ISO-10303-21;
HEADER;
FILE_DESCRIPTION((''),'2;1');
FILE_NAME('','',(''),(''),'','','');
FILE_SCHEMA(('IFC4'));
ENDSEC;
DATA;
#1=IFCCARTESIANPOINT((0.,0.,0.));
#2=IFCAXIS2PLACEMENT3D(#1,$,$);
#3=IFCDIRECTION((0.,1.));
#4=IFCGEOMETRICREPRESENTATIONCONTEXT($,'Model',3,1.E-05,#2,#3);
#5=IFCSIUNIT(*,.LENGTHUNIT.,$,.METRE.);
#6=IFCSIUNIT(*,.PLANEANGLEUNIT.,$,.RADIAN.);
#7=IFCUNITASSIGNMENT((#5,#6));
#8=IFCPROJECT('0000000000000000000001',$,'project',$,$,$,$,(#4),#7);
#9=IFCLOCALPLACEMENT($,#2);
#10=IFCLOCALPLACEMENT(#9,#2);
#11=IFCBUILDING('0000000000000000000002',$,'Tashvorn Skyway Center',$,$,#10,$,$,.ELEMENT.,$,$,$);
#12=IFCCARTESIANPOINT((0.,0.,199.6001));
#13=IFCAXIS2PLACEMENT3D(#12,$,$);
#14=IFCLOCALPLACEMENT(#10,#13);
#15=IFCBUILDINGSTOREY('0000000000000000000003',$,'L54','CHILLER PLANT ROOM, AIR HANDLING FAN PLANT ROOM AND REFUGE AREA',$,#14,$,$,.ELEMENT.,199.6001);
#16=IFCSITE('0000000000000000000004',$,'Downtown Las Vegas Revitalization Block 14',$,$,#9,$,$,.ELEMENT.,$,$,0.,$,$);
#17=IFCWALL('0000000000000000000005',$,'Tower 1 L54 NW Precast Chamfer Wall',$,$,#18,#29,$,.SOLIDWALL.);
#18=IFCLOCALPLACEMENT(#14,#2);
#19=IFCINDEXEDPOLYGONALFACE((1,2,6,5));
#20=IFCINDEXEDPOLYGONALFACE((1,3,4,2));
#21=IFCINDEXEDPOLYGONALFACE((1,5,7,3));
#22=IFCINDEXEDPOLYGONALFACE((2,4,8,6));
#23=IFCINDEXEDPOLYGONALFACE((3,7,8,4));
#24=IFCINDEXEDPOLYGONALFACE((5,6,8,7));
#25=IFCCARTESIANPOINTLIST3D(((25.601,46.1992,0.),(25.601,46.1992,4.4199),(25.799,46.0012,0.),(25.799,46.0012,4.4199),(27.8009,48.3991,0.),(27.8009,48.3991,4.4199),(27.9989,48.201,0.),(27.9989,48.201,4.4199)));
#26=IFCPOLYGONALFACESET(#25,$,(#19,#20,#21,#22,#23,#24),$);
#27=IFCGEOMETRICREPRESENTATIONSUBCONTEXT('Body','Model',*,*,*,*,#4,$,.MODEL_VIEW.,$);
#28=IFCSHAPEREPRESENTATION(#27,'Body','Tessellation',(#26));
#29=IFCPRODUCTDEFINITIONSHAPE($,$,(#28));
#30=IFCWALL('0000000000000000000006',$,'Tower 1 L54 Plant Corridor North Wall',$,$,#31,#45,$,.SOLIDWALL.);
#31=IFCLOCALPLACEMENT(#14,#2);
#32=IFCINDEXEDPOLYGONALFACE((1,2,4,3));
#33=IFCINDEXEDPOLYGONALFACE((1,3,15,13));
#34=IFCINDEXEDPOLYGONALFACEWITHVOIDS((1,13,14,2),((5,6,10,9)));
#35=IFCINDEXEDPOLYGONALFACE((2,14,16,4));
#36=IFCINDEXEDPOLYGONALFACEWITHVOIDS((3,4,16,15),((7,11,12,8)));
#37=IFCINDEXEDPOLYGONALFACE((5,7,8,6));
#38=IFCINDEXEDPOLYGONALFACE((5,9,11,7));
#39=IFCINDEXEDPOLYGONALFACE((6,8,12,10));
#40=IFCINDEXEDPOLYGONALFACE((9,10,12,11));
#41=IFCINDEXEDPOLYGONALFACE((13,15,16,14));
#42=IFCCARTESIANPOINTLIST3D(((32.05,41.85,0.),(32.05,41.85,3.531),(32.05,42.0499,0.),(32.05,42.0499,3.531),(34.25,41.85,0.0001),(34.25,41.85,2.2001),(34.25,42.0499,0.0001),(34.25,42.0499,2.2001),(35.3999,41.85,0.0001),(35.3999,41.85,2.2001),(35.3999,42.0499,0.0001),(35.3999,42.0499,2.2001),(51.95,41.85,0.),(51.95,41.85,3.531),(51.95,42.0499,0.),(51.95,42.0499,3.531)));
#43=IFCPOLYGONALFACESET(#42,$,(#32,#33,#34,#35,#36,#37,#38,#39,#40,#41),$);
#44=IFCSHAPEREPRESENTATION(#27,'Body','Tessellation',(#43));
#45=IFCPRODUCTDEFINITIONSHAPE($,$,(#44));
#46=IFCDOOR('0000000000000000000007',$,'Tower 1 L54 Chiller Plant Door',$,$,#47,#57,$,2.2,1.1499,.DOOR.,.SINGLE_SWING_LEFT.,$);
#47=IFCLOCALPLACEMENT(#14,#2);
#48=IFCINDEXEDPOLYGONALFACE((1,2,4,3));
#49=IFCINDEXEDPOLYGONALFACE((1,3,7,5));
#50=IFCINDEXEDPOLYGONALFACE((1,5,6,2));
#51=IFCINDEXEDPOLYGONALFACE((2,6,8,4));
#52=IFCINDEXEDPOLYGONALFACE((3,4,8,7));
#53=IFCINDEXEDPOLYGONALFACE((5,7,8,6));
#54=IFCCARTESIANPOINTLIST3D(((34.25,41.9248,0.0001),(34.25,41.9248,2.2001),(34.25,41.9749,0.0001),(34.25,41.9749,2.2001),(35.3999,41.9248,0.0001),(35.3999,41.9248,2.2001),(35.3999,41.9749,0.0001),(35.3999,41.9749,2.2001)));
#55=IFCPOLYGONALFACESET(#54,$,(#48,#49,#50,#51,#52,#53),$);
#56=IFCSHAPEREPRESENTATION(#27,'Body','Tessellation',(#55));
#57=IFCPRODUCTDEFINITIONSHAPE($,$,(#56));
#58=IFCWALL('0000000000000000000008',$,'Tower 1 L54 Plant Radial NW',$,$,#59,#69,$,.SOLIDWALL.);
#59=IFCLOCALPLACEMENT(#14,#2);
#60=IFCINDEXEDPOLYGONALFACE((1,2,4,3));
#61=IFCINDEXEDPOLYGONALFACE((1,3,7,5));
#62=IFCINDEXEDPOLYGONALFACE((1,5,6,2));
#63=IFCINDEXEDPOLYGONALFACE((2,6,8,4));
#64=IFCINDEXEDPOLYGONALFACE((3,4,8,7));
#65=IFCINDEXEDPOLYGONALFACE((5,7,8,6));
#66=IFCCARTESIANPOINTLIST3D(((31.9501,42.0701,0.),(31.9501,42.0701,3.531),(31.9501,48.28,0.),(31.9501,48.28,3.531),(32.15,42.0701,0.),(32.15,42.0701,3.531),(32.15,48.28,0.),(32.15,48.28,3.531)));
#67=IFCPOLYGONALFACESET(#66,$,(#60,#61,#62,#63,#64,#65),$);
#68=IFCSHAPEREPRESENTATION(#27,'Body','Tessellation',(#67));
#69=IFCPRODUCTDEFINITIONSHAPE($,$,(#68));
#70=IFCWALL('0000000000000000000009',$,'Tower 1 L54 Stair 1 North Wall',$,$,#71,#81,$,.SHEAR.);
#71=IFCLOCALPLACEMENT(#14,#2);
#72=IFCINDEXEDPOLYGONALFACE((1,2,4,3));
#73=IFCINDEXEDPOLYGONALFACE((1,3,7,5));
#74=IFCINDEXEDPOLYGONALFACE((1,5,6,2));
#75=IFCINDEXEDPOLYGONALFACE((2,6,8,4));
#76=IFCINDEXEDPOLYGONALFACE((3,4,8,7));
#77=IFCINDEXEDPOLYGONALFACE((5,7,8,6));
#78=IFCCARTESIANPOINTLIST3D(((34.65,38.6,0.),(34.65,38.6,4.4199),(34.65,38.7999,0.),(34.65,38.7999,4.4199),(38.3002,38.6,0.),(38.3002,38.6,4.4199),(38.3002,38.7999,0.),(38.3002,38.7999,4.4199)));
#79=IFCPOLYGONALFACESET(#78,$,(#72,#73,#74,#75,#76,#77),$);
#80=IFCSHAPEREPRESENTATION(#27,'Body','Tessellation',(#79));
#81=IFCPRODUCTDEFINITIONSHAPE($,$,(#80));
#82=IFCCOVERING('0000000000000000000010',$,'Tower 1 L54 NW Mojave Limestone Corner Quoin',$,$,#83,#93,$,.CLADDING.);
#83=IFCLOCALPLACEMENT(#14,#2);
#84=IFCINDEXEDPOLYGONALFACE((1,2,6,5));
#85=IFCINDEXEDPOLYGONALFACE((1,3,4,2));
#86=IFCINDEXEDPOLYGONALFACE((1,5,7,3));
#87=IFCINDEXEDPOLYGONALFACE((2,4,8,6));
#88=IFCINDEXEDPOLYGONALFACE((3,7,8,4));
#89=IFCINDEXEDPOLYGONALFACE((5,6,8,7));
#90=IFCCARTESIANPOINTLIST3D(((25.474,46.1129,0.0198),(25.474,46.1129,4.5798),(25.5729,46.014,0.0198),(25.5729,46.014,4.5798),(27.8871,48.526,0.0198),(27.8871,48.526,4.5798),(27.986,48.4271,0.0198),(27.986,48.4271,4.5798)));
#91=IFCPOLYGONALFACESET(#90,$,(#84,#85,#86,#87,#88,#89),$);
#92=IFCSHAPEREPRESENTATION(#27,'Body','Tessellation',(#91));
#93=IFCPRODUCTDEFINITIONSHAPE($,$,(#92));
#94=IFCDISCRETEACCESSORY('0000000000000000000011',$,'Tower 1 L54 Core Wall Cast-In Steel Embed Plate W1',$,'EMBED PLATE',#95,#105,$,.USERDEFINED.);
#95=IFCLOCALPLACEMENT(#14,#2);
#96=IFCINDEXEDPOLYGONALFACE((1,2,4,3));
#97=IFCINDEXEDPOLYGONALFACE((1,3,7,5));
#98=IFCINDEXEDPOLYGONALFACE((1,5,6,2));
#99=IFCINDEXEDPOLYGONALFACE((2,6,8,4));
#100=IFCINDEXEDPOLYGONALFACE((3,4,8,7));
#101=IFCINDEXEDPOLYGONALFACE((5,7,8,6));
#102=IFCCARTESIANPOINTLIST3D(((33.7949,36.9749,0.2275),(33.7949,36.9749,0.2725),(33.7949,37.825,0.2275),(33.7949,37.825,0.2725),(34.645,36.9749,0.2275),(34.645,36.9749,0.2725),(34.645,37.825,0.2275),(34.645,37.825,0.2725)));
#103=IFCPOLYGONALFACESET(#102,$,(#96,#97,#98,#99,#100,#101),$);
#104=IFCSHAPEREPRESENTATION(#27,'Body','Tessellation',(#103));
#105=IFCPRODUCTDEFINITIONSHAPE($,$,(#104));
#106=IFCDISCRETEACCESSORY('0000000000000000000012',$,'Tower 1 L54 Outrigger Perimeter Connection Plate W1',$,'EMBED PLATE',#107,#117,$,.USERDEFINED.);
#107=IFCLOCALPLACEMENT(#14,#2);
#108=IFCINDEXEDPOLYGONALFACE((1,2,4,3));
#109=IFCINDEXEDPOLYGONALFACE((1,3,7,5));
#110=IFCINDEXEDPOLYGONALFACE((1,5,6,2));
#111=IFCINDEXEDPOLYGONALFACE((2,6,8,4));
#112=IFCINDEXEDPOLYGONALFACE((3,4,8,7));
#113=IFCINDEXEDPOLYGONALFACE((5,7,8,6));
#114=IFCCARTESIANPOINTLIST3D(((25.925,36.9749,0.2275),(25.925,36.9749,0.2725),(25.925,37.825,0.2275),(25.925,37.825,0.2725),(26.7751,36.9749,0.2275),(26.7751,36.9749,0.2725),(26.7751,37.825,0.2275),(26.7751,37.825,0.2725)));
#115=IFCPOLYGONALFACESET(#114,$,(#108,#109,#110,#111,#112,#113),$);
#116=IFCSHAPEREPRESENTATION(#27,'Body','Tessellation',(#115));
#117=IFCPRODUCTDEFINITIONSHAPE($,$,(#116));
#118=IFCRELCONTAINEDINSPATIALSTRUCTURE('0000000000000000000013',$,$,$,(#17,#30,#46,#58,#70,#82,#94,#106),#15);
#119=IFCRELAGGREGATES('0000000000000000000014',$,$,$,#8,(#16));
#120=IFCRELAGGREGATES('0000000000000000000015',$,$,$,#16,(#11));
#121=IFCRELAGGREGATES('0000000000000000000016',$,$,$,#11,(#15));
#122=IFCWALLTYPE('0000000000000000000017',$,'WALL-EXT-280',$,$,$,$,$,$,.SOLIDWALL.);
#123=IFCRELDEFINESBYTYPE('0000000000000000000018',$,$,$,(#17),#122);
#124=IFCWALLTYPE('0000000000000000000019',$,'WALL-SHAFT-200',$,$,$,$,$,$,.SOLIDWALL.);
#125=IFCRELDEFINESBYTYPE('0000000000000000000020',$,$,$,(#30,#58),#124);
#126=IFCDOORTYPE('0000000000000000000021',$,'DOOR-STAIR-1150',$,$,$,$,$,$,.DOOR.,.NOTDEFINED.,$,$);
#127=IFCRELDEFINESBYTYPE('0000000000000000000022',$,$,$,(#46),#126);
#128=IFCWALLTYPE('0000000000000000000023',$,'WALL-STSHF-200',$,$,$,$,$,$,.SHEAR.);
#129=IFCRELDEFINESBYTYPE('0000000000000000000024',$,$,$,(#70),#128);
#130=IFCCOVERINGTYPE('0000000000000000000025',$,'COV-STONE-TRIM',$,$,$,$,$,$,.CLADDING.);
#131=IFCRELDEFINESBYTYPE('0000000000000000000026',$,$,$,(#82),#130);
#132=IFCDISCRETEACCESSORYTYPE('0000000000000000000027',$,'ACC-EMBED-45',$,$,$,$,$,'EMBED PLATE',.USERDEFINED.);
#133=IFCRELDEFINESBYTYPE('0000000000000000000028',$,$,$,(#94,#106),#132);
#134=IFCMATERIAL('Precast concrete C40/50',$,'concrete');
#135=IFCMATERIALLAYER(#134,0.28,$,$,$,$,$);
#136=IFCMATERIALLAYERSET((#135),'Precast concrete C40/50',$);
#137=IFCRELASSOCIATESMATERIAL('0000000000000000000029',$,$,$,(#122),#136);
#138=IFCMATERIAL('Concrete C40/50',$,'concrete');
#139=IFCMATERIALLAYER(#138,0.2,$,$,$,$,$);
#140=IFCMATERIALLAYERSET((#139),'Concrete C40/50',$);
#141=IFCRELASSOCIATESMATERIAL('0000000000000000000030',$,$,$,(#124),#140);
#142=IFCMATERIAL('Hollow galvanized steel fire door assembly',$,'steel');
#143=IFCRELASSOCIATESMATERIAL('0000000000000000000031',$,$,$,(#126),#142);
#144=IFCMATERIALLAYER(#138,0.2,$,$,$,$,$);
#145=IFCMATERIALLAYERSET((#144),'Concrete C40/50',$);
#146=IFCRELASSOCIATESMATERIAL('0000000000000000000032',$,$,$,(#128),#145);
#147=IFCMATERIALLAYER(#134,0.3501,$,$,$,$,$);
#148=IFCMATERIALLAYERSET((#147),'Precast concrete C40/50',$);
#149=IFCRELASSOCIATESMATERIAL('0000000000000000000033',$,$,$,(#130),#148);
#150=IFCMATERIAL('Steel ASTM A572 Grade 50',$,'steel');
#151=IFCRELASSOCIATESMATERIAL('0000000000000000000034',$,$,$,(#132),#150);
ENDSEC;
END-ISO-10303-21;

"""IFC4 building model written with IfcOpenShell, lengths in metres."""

from ifc_helpers import new_model, si_unit, direction, frame, frame_2d, origin, origin_2d, place, context, subcontext, project, spatial, rectangle, extrude, material, layer, layer_set, type_object, element, fill, save


model = new_model("IFC4")

# Units and contexts
model_context = context("Model", 3, precision=1e-05, world=origin(), true_north=direction((0.0, 1.0)))
body_context = subcontext(model_context, "Body", "Model", "MODEL_VIEW")
ifc_project = project(units=[si_unit("LENGTHUNIT", "METRE"), si_unit("PLANEANGLEUNIT", "RADIAN")], contexts=[model_context])

# Site, building, storey
site_placement = place(None, origin())
site = spatial("IfcSite", under=ifc_project, at=site_placement, Name="Downtown Las Vegas Revitalization Block 14", CompositionType="ELEMENT", RefElevation=0.0)
building_placement = place(site_placement, origin())
building = spatial("IfcBuilding", under=site, at=building_placement, Name="Tashvorn Skyway Center", CompositionType="ELEMENT")
storey_placement = place(building_placement, frame((0.0, 0.0, 199.6001)))
storey = spatial("IfcBuildingStorey", under=building, at=storey_placement, Name="L54", Description="CHILLER PLANT ROOM, AIR HANDLING FAN PLANT ROOM AND REFUGE AREA", CompositionType="ELEMENT", Elevation=199.6001)

# Shared definitions
ifc_material_1 = material(Name="Steel ASTM A572 Grade 50", Category="steel")

# Shared definitions
ifc_material_2 = material(Name="Hollow galvanized steel fire door assembly", Category="steel")

# Wall
ifc_material_3 = material(Name="Precast concrete C40/50", Category="concrete")
ifc_layer_1 = layer(ifc_material_3, 0.28)
ifc_layer_set_1 = layer_set([ifc_layer_1], Name="Precast concrete C40/50")
wall_type_1 = type_object("IfcWallType", Name="WALL-EXT-280", PredefinedType="SOLIDWALL", material=ifc_layer_set_1)
wall_1_placement = place(storey_placement, frame((25.7, 46.1001, 0.0), z_axis=(0.0, 0.0, 1.0), x_axis=(0.707107, 0.707107, 0.0)))
element("IfcWall", 1, at=wall_1_placement, inside=storey, type_object=wall_type_1, Name="Tower 1 L54 NW Precast Chamfer Wall", PredefinedType="SOLIDWALL", context=body_context, shape_type="SweptSolid", body=[
    extrude(rectangle(XDim=3.1111, YDim=0.28, at=frame_2d((1.5557, 0.0))), origin(), (0.0, 0.0, 1.0), 4.4199),
])

# Wall, opening, door
ifc_material_4 = material(Name="Concrete C40/50", Category="concrete")
ifc_layer_2 = layer(ifc_material_4, 0.2)
ifc_layer_set_2 = layer_set([ifc_layer_2], Name="Concrete C40/50")
wall_type_2 = type_object("IfcWallType", Name="WALL-SHAFT-200", PredefinedType="SOLIDWALL", material=ifc_layer_set_2)
wall_2_placement = place(storey_placement, frame((32.05, 41.95, 0.0), z_axis=(0.0, 0.0, 1.0), x_axis=(1.0, 0.0, 0.0)))
wall_2 = element("IfcWall", 2, at=wall_2_placement, inside=storey, type_object=wall_type_2, Name="Tower 1 L54 Plant Corridor North Wall", PredefinedType="SOLIDWALL", context=body_context, shape_type="SweptSolid", body=[
    extrude(rectangle(XDim=19.8999, YDim=0.2, at=frame_2d((9.95, 0.0))), origin(), (0.0, 0.0, 1.0), 3.531),
])
opening_1_placement = place(wall_2_placement, frame((2.2, 0.0, 0.0)))
opening_1 = element("IfcOpeningElement", 3, at=opening_1_placement, cuts=wall_2, PredefinedType="OPENING", context=body_context, shape_type="SweptSolid", body=[
    extrude(rectangle(XDim=1.1499, YDim=2.2, at=frame_2d((0.575, 1.1001))), frame((0.0, 0.1099, 0.0), z_axis=(0.0, -1.0, 0.0), x_axis=(1.0, 0.0, 0.0)), (0.0, 0.0, 1.0), 0.22),
])
door_type_1 = type_object("IfcDoorType", Name="DOOR-STAIR-1150", OperationType="NOTDEFINED", PredefinedType="DOOR", material=ifc_material_2)
door_1_placement = place(opening_1_placement, origin())
door_1 = element("IfcDoor", 4, at=door_1_placement, inside=storey, type_object=door_type_1, Name="Tower 1 L54 Chiller Plant Door", OperationType="SINGLE_SWING_LEFT", OverallHeight=2.2, OverallWidth=1.1499, PredefinedType="DOOR", context=body_context, shape_type="SweptSolid", body=[
    extrude(rectangle(XDim=1.1499, YDim=2.2, at=frame_2d((0.575, 1.1001))), frame((0.0, 0.0249, 0.0), z_axis=(0.0, -1.0, 0.0), x_axis=(1.0, 0.0, 0.0)), (0.0, 0.0, 1.0), 0.05),
])
fill(opening_1, door_1)

# Walls
wall_3_placement = place(storey_placement, frame((32.05, 42.0701, 0.0), z_axis=(0.0, 0.0, 1.0), x_axis=(0.0, 1.0, 0.0)))
element("IfcWall", 5, at=wall_3_placement, inside=storey, type_object=wall_type_2, Name="Tower 1 L54 Plant Radial NW", PredefinedType="SOLIDWALL", context=body_context, shape_type="SweptSolid", body=[
    extrude(rectangle(XDim=6.21, YDim=0.2, at=frame_2d((3.105, 0.0))), origin(), (0.0, 0.0, 1.0), 3.531),
])
ifc_layer_3 = layer(ifc_material_4, 0.2)
ifc_layer_set_3 = layer_set([ifc_layer_3], Name="Concrete C40/50")
wall_type_3 = type_object("IfcWallType", Name="WALL-STSHF-200", PredefinedType="SHEAR", material=ifc_layer_set_3)
wall_4_placement = place(storey_placement, frame((34.6499, 38.7, 0.0), z_axis=(0.0, 0.0, 1.0), x_axis=(1.0, 0.0, 0.0)))
element("IfcWall", 6, at=wall_4_placement, inside=storey, type_object=wall_type_3, Name="Tower 1 L54 Stair 1 North Wall", PredefinedType="SHEAR", context=body_context, shape_type="SweptSolid", body=[
    extrude(rectangle(XDim=3.6501, YDim=0.2, at=frame_2d((1.8252, 0.0))), origin(), (0.0, 0.0, 1.0), 4.4199),
])

# Covering
ifc_layer_4 = layer(ifc_material_3, 0.3501)
ifc_layer_set_4 = layer_set([ifc_layer_4], Name="Precast concrete C40/50")
covering_type = type_object("IfcCoveringType", Name="COV-STONE-TRIM", PredefinedType="CLADDING", material=ifc_layer_set_4)
covering_placement = place(storey_placement, frame((26.73, 47.27, 0.0198), z_axis=(0.0, 0.0, 1.0), x_axis=(-0.707107, -0.707107, 0.0)))
element("IfcCovering", 7, at=covering_placement, inside=storey, type_object=covering_type, Name="Tower 1 L54 NW Mojave Limestone Corner Quoin", PredefinedType="CLADDING", context=body_context, shape_type="SweptSolid", body=[
    extrude(rectangle(XDim=3.4126, YDim=0.1399, at=origin_2d()), origin(), (0.0, 0.0, 1.0), 4.5601),
])

# Discrete accessories
discrete_accessory_type = type_object("IfcDiscreteAccessoryType", Name="ACC-EMBED-45", ElementType="EMBED PLATE", PredefinedType="USERDEFINED", material=ifc_material_1)
for number, where, z_axis, x_axis, name in (
    (8, (34.22, 37.3999, 0.2275), (0.0, 0.0, 1.0), (1.0, 0.0, 0.0), "Tower 1 L54 Core Wall Cast-In Steel Embed Plate W1"),
    (9, (26.3501, 37.3999, 0.2275), (0.0, 0.0, 1.0), (1.0, 0.0, 0.0), "Tower 1 L54 Outrigger Perimeter Connection Plate W1"),
):
    element("IfcDiscreteAccessory", number, at=place(storey_placement, frame(where, z_axis=z_axis, x_axis=x_axis)), inside=storey, type_object=discrete_accessory_type, Name=name, ObjectType="EMBED PLATE", PredefinedType="USERDEFINED", context=body_context, shape_type="SweptSolid", body=[
        extrude(rectangle(XDim=0.8501, YDim=0.8501, at=origin_2d()), origin(), (0.0, 0.0, 1.0), 0.0449),
    ])

save(model, "model.ifc")
